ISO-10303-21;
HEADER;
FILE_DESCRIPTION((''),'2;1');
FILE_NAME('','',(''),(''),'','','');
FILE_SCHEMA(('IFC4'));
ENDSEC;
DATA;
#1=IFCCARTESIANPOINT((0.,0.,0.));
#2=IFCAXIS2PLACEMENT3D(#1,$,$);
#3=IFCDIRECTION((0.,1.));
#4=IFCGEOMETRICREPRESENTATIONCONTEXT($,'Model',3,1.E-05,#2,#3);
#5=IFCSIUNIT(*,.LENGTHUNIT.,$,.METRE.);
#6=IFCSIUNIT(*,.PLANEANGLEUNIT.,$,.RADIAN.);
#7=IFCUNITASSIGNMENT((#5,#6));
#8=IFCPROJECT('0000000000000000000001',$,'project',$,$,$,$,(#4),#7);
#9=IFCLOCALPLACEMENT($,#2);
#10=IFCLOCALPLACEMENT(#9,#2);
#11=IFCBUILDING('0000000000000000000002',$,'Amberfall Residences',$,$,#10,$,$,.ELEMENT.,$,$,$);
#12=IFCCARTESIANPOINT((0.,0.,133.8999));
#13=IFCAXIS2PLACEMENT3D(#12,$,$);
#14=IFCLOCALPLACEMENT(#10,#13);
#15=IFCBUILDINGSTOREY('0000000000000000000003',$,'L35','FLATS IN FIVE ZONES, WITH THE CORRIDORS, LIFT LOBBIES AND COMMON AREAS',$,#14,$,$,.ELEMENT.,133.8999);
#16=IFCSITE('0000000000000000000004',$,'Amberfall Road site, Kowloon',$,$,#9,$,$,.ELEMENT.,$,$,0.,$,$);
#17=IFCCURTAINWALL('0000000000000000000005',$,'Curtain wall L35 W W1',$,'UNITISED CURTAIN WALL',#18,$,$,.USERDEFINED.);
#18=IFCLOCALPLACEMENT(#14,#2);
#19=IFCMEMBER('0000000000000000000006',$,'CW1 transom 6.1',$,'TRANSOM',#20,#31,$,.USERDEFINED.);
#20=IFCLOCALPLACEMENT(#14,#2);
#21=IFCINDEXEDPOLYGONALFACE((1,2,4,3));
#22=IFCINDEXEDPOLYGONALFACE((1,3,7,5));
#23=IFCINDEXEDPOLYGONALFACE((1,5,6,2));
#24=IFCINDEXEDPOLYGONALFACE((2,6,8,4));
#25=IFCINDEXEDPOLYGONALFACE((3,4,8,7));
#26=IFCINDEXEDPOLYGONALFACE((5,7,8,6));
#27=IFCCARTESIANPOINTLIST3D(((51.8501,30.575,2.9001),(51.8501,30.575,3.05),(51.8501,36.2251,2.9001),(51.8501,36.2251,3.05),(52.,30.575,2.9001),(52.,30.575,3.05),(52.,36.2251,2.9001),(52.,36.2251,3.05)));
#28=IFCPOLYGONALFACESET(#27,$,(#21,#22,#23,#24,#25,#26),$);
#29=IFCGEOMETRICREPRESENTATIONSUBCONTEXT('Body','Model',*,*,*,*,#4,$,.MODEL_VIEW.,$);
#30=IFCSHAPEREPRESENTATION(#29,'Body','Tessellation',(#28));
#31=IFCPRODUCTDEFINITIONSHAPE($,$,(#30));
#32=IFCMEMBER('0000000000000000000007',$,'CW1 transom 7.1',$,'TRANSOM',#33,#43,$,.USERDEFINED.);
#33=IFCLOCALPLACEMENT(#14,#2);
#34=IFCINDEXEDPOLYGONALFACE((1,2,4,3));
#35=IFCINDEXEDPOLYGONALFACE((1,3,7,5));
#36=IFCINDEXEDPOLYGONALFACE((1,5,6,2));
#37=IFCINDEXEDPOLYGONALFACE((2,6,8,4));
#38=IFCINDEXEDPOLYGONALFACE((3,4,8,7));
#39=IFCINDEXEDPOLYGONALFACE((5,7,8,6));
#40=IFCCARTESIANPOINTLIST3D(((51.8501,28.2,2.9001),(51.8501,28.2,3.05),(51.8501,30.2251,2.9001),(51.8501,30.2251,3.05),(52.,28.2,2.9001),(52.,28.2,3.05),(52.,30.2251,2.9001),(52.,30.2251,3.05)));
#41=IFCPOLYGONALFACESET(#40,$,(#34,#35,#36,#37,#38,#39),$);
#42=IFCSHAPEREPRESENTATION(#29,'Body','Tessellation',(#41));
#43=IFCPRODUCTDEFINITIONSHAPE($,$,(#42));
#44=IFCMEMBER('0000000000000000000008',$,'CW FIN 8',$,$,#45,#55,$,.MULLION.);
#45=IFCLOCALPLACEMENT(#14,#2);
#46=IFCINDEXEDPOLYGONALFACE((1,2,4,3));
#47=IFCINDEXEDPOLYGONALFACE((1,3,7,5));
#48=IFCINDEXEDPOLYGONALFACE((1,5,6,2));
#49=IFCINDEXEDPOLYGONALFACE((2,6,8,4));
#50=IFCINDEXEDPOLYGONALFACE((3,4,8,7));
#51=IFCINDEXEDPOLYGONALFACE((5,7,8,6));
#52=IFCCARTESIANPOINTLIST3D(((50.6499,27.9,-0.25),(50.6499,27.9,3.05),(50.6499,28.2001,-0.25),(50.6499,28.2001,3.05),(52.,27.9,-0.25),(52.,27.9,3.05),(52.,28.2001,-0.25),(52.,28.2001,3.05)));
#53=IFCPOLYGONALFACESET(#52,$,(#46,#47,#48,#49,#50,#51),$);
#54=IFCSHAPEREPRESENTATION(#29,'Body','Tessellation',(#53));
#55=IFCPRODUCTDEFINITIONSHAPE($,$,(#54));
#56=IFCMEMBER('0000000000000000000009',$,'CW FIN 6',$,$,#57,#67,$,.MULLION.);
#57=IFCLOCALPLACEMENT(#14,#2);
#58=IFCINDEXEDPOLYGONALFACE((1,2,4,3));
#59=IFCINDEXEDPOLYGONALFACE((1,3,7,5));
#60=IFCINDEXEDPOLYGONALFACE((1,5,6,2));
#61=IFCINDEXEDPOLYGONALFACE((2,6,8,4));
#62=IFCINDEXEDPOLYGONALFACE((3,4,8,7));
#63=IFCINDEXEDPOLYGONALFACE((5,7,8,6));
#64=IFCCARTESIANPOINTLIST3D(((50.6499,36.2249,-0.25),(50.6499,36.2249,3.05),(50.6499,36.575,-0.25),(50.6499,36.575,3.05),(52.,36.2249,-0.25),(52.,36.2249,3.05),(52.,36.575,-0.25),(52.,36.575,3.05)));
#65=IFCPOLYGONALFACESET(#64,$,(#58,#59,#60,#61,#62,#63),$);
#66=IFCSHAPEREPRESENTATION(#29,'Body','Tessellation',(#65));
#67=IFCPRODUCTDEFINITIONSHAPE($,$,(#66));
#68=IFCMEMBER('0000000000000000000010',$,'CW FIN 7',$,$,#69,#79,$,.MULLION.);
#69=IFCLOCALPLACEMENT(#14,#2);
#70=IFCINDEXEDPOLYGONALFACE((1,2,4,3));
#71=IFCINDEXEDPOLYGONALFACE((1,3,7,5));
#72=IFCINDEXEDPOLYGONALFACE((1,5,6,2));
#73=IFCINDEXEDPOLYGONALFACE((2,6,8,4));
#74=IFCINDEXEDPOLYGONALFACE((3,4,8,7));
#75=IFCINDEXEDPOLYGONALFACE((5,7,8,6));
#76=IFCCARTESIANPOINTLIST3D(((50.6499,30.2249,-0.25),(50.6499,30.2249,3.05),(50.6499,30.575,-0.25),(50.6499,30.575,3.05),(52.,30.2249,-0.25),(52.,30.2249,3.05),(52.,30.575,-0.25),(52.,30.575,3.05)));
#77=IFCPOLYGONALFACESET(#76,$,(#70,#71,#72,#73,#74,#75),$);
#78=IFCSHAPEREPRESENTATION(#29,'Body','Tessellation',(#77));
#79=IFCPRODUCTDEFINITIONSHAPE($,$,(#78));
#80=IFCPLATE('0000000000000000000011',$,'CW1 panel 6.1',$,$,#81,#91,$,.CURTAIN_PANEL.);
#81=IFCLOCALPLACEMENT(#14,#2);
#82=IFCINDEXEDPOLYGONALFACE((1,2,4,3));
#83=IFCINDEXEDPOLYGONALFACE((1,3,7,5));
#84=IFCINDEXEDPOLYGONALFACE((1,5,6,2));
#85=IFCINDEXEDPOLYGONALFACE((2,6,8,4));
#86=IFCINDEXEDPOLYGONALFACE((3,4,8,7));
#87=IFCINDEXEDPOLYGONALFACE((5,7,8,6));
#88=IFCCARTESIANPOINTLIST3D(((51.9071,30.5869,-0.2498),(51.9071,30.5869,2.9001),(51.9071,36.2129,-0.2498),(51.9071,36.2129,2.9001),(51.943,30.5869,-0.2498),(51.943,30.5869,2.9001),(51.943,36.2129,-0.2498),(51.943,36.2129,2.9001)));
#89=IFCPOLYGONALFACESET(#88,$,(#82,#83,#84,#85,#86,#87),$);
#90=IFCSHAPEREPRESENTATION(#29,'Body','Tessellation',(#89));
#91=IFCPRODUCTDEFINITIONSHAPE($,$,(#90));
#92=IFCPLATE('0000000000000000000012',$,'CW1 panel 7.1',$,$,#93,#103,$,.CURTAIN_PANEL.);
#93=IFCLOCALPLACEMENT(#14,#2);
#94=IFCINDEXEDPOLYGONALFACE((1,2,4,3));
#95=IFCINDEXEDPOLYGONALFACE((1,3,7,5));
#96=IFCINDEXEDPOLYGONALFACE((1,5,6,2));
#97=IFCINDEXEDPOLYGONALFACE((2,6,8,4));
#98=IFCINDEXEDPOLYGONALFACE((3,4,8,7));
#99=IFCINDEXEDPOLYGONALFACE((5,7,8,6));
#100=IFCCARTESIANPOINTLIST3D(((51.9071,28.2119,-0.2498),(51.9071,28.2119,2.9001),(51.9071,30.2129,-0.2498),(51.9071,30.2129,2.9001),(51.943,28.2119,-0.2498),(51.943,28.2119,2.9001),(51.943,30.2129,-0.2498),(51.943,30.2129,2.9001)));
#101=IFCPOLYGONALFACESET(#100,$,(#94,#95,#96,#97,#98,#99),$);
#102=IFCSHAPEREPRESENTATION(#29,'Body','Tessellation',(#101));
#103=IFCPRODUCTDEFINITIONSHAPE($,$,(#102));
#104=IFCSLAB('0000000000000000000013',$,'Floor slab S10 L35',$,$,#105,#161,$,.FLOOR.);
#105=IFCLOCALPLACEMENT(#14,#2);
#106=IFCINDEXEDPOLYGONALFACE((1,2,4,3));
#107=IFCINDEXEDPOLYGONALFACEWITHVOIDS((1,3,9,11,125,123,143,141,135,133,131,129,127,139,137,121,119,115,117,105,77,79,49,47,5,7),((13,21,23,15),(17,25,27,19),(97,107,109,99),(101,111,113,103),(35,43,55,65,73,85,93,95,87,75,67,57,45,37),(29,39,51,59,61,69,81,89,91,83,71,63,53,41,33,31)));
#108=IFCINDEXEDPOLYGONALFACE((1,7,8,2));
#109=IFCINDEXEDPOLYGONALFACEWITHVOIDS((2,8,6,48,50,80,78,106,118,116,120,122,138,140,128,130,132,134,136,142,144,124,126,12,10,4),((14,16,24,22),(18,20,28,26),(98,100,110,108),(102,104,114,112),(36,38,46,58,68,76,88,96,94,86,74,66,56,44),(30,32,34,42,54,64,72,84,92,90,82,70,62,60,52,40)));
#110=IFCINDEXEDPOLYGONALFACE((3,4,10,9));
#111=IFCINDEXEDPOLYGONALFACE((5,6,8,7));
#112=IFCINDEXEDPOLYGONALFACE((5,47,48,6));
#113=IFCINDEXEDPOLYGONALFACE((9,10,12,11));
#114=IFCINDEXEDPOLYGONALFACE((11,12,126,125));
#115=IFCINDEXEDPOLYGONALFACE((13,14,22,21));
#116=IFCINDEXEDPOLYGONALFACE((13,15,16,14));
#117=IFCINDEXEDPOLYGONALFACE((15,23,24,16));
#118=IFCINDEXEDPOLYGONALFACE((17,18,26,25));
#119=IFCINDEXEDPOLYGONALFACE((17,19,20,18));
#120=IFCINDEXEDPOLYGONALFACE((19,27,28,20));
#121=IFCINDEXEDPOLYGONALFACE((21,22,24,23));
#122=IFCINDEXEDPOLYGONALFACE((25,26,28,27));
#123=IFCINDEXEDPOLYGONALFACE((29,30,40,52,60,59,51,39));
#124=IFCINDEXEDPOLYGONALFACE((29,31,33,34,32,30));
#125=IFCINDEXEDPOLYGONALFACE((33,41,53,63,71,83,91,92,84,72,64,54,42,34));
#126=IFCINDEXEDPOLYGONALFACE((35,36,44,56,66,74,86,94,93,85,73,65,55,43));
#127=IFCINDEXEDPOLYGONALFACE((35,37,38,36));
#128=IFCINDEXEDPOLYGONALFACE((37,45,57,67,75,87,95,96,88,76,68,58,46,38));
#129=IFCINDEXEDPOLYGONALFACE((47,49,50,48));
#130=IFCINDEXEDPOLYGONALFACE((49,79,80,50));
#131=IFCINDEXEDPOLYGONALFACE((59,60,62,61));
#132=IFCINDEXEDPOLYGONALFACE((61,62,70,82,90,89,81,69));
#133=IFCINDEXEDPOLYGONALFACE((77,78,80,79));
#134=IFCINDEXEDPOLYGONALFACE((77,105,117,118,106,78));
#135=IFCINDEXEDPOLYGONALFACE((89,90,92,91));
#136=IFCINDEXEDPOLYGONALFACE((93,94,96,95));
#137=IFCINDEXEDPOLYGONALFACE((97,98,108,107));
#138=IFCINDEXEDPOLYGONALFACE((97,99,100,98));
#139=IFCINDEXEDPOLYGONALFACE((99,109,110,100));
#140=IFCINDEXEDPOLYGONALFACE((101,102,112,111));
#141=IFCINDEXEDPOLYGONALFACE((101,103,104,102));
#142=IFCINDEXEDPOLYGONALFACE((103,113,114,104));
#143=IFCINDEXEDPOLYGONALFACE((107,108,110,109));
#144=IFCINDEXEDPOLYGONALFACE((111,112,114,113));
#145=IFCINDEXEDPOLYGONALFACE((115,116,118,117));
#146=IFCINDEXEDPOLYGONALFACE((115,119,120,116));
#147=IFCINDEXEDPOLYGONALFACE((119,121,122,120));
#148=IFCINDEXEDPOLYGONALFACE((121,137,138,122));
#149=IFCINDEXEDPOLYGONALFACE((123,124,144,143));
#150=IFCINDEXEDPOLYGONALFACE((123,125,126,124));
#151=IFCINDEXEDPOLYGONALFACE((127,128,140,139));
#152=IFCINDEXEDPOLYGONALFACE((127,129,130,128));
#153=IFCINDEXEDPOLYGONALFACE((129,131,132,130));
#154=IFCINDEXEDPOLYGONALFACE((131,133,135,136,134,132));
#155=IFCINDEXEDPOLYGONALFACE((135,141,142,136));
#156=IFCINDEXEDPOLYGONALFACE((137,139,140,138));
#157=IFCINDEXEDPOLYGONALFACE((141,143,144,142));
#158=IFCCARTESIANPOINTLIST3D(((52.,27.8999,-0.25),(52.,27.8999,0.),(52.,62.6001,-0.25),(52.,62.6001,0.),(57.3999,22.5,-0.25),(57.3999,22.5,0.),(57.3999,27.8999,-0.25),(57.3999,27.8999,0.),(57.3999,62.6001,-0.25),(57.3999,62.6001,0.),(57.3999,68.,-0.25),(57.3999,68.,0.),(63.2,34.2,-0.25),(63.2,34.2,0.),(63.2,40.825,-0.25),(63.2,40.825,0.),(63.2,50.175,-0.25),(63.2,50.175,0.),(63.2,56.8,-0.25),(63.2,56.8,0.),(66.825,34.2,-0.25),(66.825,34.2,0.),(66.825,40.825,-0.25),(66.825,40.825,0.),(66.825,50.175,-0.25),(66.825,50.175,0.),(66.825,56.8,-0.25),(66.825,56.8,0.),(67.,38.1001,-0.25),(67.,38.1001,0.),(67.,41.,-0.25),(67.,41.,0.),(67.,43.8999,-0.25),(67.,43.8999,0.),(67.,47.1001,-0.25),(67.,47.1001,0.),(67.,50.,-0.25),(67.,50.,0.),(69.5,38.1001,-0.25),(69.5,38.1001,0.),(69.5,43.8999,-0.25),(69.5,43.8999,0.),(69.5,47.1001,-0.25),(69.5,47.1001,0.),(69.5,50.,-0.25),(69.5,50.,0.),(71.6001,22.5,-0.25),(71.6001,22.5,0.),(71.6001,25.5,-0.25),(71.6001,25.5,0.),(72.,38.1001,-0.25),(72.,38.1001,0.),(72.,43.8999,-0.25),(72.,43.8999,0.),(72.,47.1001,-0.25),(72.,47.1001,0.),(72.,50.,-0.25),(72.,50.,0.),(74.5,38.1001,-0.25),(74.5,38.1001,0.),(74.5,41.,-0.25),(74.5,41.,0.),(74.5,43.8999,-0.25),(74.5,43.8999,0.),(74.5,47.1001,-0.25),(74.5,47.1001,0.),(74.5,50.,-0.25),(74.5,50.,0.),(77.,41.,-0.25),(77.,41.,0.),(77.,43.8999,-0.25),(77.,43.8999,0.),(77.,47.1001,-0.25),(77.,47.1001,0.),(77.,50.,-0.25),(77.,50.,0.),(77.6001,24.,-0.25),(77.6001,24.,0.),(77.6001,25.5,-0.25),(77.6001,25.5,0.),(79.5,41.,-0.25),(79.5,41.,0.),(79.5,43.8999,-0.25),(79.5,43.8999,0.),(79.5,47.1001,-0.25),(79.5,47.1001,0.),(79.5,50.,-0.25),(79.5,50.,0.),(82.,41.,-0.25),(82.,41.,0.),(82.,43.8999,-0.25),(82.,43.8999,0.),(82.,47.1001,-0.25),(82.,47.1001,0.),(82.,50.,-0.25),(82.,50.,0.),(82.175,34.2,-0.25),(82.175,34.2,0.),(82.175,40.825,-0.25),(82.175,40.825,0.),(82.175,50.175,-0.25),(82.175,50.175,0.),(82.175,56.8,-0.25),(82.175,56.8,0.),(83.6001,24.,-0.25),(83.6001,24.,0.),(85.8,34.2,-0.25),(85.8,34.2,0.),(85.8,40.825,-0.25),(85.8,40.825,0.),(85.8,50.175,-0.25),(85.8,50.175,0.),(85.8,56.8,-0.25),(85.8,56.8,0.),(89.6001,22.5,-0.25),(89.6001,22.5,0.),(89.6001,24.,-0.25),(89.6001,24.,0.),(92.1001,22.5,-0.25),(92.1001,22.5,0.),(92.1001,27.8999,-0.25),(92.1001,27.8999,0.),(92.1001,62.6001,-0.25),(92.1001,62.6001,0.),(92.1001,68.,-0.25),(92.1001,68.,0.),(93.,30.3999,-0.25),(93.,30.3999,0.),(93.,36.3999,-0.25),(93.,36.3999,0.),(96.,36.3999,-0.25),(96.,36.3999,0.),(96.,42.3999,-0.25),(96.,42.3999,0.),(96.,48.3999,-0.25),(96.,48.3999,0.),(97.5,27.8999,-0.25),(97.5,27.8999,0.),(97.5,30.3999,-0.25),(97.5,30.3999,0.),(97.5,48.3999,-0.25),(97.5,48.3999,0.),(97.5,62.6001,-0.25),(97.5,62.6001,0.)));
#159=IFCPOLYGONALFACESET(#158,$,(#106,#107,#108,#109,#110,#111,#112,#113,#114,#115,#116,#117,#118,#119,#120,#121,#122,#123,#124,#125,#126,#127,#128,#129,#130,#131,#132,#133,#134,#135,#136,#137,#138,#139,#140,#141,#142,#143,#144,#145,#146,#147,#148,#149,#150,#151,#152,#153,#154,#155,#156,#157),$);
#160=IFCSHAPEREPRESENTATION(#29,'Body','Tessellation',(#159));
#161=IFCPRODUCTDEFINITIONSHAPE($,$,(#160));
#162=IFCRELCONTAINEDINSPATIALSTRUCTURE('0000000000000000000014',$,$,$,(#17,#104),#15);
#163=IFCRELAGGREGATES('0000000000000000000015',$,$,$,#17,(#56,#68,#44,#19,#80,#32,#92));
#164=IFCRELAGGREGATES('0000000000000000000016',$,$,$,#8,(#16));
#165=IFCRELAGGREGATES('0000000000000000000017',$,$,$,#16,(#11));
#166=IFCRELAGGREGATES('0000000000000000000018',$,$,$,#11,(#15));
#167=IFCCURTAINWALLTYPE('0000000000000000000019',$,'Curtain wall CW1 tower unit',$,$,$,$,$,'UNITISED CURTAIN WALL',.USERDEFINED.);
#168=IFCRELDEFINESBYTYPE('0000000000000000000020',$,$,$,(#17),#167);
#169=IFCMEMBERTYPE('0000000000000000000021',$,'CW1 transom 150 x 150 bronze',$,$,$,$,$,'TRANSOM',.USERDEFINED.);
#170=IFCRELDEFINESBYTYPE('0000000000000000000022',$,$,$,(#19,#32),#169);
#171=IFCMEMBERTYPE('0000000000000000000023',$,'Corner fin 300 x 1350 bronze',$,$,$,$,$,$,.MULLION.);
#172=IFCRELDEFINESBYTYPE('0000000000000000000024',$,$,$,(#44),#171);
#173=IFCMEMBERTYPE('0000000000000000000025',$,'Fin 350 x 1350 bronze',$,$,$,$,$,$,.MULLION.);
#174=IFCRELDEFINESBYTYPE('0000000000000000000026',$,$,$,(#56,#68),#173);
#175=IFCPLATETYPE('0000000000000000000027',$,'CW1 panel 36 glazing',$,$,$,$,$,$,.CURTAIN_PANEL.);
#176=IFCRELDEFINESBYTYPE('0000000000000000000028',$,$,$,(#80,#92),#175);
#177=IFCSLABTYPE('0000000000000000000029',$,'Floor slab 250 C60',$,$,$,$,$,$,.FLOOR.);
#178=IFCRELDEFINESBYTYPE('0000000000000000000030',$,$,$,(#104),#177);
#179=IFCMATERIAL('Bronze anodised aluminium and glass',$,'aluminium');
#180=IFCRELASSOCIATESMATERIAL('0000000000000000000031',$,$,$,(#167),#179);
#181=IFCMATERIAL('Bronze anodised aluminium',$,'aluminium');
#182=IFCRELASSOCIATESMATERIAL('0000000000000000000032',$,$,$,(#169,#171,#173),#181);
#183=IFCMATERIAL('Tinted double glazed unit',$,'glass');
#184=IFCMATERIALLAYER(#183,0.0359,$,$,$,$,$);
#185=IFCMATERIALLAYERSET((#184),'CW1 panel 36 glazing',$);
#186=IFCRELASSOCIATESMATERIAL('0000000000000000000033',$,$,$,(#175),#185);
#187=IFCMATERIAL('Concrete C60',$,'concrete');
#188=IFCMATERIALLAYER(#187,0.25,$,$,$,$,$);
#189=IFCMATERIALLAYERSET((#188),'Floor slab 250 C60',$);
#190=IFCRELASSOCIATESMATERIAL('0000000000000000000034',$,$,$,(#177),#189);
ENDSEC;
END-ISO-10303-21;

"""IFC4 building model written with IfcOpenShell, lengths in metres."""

from ifc_helpers import new_model, si_unit, direction, frame, origin, origin_2d, place, context, subcontext, project, spatial, polyline, rectangle, outline, extrude, material, layer, layer_set, material_profile, profile_set, type_object, element, aggregate, save


model = new_model("IFC4")

# Units and contexts
model_context = context("Model", 3, precision=1e-05, world=origin(), true_north=direction((0.0, 1.0)))
body_context = subcontext(model_context, "Body", "Model", "MODEL_VIEW")
ifc_project = project(units=[si_unit("LENGTHUNIT", "METRE"), si_unit("PLANEANGLEUNIT", "RADIAN")], contexts=[model_context])

# Site, building, storey
site_placement = place(None, origin())
site = spatial("IfcSite", under=ifc_project, at=site_placement, Name="Amberfall Road site, Kowloon", CompositionType="ELEMENT", RefElevation=0.0)
building_placement = place(site_placement, origin())
building = spatial("IfcBuilding", under=site, at=building_placement, Name="Amberfall Residences", CompositionType="ELEMENT")
storey_placement = place(building_placement, frame((0.0, 0.0, 133.8999)))
storey = spatial("IfcBuildingStorey", under=building, at=storey_placement, Name="L35", Description="FLATS IN FIVE ZONES, WITH THE CORRIDORS, LIFT LOBBIES AND COMMON AREAS", CompositionType="ELEMENT", Elevation=133.8999)

# Curtain wall, members, plates
ifc_material_1 = material(Name="Bronze anodised aluminium and glass", Category="aluminium")
curtain_wall_type = type_object("IfcCurtainWallType", Name="Curtain wall CW1 tower unit", ElementType="UNITISED CURTAIN WALL", PredefinedType="USERDEFINED", material=ifc_material_1)
curtain_wall_placement = place(storey_placement, origin())
curtain_wall = element("IfcCurtainWall", 1, at=curtain_wall_placement, inside=storey, type_object=curtain_wall_type, Name="Curtain wall L35 W W1", ObjectType="UNITISED CURTAIN WALL", PredefinedType="USERDEFINED")
ifc_material_2 = material(Name="Bronze anodised aluminium", Category="aluminium")
ifc_material_profile_1 = material_profile(ifc_material_2, rectangle(XDim=0.1499, YDim=0.1499, at=origin_2d()), Name="CW1 transom 150 x 150 bronze")
ifc_profile_set_1 = profile_set([ifc_material_profile_1], Name="Bronze anodised aluminium")
member_type_1 = type_object("IfcMemberType", Name="CW1 transom 150 x 150 bronze", ElementType="TRANSOM", PredefinedType="USERDEFINED", material=ifc_profile_set_1)
member_1_placement = place(storey_placement, frame((51.925, 36.2251, 2.9751), z_axis=(0.0, -1.0, 0.0), x_axis=(1.0, 0.0, 0.0)))
member_1 = element("IfcMember", 2, at=member_1_placement, type_object=member_type_1, Name="CW1 transom 6.1", ObjectType="TRANSOM", PredefinedType="USERDEFINED", context=body_context, shape_type="SweptSolid", body=[
    extrude(rectangle(XDim=0.1499, YDim=0.1499, at=origin_2d()), origin(), (0.0, 0.0, 1.0), 5.6501),
])
member_2_placement = place(storey_placement, frame((51.925, 30.2251, 2.9751), z_axis=(0.0, -1.0, 0.0), x_axis=(1.0, 0.0, 0.0)))
member_2 = element("IfcMember", 3, at=member_2_placement, type_object=member_type_1, Name="CW1 transom 7.1", ObjectType="TRANSOM", PredefinedType="USERDEFINED", context=body_context, shape_type="SweptSolid", body=[
    extrude(rectangle(XDim=0.1499, YDim=0.1499, at=origin_2d()), origin(), (0.0, 0.0, 1.0), 2.0251),
])
ifc_material_profile_2 = material_profile(ifc_material_2, rectangle(XDim=1.3501, YDim=0.3, at=origin_2d()), Name="Corner fin 300 x 1350 bronze")
ifc_profile_set_2 = profile_set([ifc_material_profile_2], Name="Bronze anodised aluminium")
member_type_2 = type_object("IfcMemberType", Name="Corner fin 300 x 1350 bronze", PredefinedType="MULLION", material=ifc_profile_set_2)
member_3_placement = place(storey_placement, frame((51.325, 28.05, -0.25), z_axis=(0.0, 0.0, 1.0), x_axis=(1.0, 0.0, 0.0)))
member_3 = element("IfcMember", 4, at=member_3_placement, type_object=member_type_2, Name="CW FIN 8", PredefinedType="MULLION", context=body_context, shape_type="SweptSolid", body=[
    extrude(rectangle(XDim=1.3501, YDim=0.3, at=origin_2d()), origin(), (0.0, 0.0, 1.0), 3.3),
])
ifc_material_profile_3 = material_profile(ifc_material_2, rectangle(XDim=1.3501, YDim=0.3501, at=origin_2d()), Name="Fin 350 x 1350 bronze")
ifc_profile_set_3 = profile_set([ifc_material_profile_3], Name="Bronze anodised aluminium")
member_type_3 = type_object("IfcMemberType", Name="Fin 350 x 1350 bronze", PredefinedType="MULLION", material=ifc_profile_set_3)
member_4_placement = place(storey_placement, frame((51.325, 36.3999, -0.25), z_axis=(0.0, 0.0, 1.0), x_axis=(1.0, 0.0, 0.0)))
member_4 = element("IfcMember", 5, at=member_4_placement, type_object=member_type_3, Name="CW FIN 6", PredefinedType="MULLION", context=body_context, shape_type="SweptSolid", body=[
    extrude(rectangle(XDim=1.3501, YDim=0.3501, at=origin_2d()), origin(), (0.0, 0.0, 1.0), 3.3),
])
member_5_placement = place(storey_placement, frame((51.325, 30.3999, -0.25), z_axis=(0.0, 0.0, 1.0), x_axis=(1.0, 0.0, 0.0)))
member_5 = element("IfcMember", 6, at=member_5_placement, type_object=member_type_3, Name="CW FIN 7", PredefinedType="MULLION", context=body_context, shape_type="SweptSolid", body=[
    extrude(rectangle(XDim=1.3501, YDim=0.3501, at=origin_2d()), origin(), (0.0, 0.0, 1.0), 3.3),
])
ifc_material_3 = material(Name="Tinted double glazed unit", Category="glass")
ifc_layer_1 = layer(ifc_material_3, 0.0359)
ifc_layer_set_1 = layer_set([ifc_layer_1], Name="CW1 panel 36 glazing")
plate_type = type_object("IfcPlateType", Name="CW1 panel 36 glazing", PredefinedType="CURTAIN_PANEL", material=ifc_layer_set_1)
plate_1_placement = place(storey_placement, frame((51.925, 33.3999, -0.2498), z_axis=(0.0, 0.0, 1.0), x_axis=(0.0, -1.0, 0.0)))
plate_1 = element("IfcPlate", 7, at=plate_1_placement, type_object=plate_type, Name="CW1 panel 6.1", PredefinedType="CURTAIN_PANEL", context=body_context, shape_type="SweptSolid", body=[
    extrude(rectangle(XDim=5.626, YDim=0.0359, at=origin_2d()), origin(), (0.0, 0.0, 1.0), 3.1499),
])
plate_2_placement = place(storey_placement, frame((51.925, 29.2124, -0.2498), z_axis=(0.0, 0.0, 1.0), x_axis=(0.0, -1.0, 0.0)))
plate_2 = element("IfcPlate", 8, at=plate_2_placement, type_object=plate_type, Name="CW1 panel 7.1", PredefinedType="CURTAIN_PANEL", context=body_context, shape_type="SweptSolid", body=[
    extrude(rectangle(XDim=2.001, YDim=0.0359, at=origin_2d()), origin(), (0.0, 0.0, 1.0), 3.1499),
])
aggregate(curtain_wall, [member_4, member_5, member_3, member_1, plate_1, member_2, plate_2])

# Slab
ifc_material_4 = material(Name="Concrete C60", Category="concrete")
ifc_layer_2 = layer(ifc_material_4, 0.25)
ifc_layer_set_2 = layer_set([ifc_layer_2], Name="Floor slab 250 C60")
slab_type_1 = type_object("IfcSlabType", Name="Floor slab 250 C60", PredefinedType="FLOOR", material=ifc_layer_set_2)
slab_1_placement = place(storey_placement, frame((0.0, 0.0, -0.25)))
element("IfcSlab", 9, at=slab_1_placement, inside=storey, type_object=slab_type_1, Name="Floor slab S10 L35", PredefinedType="FLOOR", context=body_context, shape_type="SweptSolid", body=[
    extrude(outline(polyline([(89.6001, 22.5), (89.6001, 24.0), (83.6001, 24.0), (77.6001, 24.0), (77.6001, 25.5), (71.6001, 25.5), (71.6001, 22.5), (57.3999, 22.5), (57.3999, 27.8999), (52.0, 27.8999), (52.0, 62.6001), (57.3999, 62.6001), (57.3999, 68.0), (92.1001, 68.0), (92.1001, 62.6001), (97.5, 62.6001), (97.5, 48.3999), (96.0, 48.3999), (96.0, 42.3999), (96.0, 36.3999), (93.0, 36.3999), (93.0, 30.3999), (97.5, 30.3999), (97.5, 27.8999), (92.1001, 27.8999), (92.1001, 22.5), (89.6001, 22.5)]), holes=[polyline([(85.8, 34.2), (85.8, 40.825), (82.175, 40.825), (82.175, 34.2), (85.8, 34.2)]), polyline([(82.175, 50.175), (85.8, 50.175), (85.8, 56.8), (82.175, 56.8), (82.175, 50.175)]), polyline([(69.5, 50.0), (67.0, 50.0), (67.0, 47.1001), (69.5, 47.1001), (72.0, 47.1001), (74.5, 47.1001), (77.0, 47.1001), (79.5, 47.1001), (82.0, 47.1001), (82.0, 50.0), (79.5, 50.0), (77.0, 50.0), (74.5, 50.0), (72.0, 50.0), (69.5, 50.0)]), polyline([(74.5, 41.0), (77.0, 41.0), (79.5, 41.0), (82.0, 41.0), (82.0, 43.8999), (79.5, 43.8999), (77.0, 43.8999), (74.5, 43.8999), (72.0, 43.8999), (69.5, 43.8999), (67.0, 43.8999), (67.0, 41.0), (67.0, 38.1001), (69.5, 38.1001), (72.0, 38.1001), (74.5, 38.1001), (74.5, 41.0)]), polyline([(66.825, 34.2), (66.825, 40.825), (63.2, 40.825), (63.2, 34.2), (66.825, 34.2)]), polyline([(66.825, 50.175), (66.825, 56.8), (63.2, 56.8), (63.2, 50.175), (66.825, 50.175)])]), origin(), (0.0, 0.0, 1.0), 0.25),
])

save(model, "model.ifc")
